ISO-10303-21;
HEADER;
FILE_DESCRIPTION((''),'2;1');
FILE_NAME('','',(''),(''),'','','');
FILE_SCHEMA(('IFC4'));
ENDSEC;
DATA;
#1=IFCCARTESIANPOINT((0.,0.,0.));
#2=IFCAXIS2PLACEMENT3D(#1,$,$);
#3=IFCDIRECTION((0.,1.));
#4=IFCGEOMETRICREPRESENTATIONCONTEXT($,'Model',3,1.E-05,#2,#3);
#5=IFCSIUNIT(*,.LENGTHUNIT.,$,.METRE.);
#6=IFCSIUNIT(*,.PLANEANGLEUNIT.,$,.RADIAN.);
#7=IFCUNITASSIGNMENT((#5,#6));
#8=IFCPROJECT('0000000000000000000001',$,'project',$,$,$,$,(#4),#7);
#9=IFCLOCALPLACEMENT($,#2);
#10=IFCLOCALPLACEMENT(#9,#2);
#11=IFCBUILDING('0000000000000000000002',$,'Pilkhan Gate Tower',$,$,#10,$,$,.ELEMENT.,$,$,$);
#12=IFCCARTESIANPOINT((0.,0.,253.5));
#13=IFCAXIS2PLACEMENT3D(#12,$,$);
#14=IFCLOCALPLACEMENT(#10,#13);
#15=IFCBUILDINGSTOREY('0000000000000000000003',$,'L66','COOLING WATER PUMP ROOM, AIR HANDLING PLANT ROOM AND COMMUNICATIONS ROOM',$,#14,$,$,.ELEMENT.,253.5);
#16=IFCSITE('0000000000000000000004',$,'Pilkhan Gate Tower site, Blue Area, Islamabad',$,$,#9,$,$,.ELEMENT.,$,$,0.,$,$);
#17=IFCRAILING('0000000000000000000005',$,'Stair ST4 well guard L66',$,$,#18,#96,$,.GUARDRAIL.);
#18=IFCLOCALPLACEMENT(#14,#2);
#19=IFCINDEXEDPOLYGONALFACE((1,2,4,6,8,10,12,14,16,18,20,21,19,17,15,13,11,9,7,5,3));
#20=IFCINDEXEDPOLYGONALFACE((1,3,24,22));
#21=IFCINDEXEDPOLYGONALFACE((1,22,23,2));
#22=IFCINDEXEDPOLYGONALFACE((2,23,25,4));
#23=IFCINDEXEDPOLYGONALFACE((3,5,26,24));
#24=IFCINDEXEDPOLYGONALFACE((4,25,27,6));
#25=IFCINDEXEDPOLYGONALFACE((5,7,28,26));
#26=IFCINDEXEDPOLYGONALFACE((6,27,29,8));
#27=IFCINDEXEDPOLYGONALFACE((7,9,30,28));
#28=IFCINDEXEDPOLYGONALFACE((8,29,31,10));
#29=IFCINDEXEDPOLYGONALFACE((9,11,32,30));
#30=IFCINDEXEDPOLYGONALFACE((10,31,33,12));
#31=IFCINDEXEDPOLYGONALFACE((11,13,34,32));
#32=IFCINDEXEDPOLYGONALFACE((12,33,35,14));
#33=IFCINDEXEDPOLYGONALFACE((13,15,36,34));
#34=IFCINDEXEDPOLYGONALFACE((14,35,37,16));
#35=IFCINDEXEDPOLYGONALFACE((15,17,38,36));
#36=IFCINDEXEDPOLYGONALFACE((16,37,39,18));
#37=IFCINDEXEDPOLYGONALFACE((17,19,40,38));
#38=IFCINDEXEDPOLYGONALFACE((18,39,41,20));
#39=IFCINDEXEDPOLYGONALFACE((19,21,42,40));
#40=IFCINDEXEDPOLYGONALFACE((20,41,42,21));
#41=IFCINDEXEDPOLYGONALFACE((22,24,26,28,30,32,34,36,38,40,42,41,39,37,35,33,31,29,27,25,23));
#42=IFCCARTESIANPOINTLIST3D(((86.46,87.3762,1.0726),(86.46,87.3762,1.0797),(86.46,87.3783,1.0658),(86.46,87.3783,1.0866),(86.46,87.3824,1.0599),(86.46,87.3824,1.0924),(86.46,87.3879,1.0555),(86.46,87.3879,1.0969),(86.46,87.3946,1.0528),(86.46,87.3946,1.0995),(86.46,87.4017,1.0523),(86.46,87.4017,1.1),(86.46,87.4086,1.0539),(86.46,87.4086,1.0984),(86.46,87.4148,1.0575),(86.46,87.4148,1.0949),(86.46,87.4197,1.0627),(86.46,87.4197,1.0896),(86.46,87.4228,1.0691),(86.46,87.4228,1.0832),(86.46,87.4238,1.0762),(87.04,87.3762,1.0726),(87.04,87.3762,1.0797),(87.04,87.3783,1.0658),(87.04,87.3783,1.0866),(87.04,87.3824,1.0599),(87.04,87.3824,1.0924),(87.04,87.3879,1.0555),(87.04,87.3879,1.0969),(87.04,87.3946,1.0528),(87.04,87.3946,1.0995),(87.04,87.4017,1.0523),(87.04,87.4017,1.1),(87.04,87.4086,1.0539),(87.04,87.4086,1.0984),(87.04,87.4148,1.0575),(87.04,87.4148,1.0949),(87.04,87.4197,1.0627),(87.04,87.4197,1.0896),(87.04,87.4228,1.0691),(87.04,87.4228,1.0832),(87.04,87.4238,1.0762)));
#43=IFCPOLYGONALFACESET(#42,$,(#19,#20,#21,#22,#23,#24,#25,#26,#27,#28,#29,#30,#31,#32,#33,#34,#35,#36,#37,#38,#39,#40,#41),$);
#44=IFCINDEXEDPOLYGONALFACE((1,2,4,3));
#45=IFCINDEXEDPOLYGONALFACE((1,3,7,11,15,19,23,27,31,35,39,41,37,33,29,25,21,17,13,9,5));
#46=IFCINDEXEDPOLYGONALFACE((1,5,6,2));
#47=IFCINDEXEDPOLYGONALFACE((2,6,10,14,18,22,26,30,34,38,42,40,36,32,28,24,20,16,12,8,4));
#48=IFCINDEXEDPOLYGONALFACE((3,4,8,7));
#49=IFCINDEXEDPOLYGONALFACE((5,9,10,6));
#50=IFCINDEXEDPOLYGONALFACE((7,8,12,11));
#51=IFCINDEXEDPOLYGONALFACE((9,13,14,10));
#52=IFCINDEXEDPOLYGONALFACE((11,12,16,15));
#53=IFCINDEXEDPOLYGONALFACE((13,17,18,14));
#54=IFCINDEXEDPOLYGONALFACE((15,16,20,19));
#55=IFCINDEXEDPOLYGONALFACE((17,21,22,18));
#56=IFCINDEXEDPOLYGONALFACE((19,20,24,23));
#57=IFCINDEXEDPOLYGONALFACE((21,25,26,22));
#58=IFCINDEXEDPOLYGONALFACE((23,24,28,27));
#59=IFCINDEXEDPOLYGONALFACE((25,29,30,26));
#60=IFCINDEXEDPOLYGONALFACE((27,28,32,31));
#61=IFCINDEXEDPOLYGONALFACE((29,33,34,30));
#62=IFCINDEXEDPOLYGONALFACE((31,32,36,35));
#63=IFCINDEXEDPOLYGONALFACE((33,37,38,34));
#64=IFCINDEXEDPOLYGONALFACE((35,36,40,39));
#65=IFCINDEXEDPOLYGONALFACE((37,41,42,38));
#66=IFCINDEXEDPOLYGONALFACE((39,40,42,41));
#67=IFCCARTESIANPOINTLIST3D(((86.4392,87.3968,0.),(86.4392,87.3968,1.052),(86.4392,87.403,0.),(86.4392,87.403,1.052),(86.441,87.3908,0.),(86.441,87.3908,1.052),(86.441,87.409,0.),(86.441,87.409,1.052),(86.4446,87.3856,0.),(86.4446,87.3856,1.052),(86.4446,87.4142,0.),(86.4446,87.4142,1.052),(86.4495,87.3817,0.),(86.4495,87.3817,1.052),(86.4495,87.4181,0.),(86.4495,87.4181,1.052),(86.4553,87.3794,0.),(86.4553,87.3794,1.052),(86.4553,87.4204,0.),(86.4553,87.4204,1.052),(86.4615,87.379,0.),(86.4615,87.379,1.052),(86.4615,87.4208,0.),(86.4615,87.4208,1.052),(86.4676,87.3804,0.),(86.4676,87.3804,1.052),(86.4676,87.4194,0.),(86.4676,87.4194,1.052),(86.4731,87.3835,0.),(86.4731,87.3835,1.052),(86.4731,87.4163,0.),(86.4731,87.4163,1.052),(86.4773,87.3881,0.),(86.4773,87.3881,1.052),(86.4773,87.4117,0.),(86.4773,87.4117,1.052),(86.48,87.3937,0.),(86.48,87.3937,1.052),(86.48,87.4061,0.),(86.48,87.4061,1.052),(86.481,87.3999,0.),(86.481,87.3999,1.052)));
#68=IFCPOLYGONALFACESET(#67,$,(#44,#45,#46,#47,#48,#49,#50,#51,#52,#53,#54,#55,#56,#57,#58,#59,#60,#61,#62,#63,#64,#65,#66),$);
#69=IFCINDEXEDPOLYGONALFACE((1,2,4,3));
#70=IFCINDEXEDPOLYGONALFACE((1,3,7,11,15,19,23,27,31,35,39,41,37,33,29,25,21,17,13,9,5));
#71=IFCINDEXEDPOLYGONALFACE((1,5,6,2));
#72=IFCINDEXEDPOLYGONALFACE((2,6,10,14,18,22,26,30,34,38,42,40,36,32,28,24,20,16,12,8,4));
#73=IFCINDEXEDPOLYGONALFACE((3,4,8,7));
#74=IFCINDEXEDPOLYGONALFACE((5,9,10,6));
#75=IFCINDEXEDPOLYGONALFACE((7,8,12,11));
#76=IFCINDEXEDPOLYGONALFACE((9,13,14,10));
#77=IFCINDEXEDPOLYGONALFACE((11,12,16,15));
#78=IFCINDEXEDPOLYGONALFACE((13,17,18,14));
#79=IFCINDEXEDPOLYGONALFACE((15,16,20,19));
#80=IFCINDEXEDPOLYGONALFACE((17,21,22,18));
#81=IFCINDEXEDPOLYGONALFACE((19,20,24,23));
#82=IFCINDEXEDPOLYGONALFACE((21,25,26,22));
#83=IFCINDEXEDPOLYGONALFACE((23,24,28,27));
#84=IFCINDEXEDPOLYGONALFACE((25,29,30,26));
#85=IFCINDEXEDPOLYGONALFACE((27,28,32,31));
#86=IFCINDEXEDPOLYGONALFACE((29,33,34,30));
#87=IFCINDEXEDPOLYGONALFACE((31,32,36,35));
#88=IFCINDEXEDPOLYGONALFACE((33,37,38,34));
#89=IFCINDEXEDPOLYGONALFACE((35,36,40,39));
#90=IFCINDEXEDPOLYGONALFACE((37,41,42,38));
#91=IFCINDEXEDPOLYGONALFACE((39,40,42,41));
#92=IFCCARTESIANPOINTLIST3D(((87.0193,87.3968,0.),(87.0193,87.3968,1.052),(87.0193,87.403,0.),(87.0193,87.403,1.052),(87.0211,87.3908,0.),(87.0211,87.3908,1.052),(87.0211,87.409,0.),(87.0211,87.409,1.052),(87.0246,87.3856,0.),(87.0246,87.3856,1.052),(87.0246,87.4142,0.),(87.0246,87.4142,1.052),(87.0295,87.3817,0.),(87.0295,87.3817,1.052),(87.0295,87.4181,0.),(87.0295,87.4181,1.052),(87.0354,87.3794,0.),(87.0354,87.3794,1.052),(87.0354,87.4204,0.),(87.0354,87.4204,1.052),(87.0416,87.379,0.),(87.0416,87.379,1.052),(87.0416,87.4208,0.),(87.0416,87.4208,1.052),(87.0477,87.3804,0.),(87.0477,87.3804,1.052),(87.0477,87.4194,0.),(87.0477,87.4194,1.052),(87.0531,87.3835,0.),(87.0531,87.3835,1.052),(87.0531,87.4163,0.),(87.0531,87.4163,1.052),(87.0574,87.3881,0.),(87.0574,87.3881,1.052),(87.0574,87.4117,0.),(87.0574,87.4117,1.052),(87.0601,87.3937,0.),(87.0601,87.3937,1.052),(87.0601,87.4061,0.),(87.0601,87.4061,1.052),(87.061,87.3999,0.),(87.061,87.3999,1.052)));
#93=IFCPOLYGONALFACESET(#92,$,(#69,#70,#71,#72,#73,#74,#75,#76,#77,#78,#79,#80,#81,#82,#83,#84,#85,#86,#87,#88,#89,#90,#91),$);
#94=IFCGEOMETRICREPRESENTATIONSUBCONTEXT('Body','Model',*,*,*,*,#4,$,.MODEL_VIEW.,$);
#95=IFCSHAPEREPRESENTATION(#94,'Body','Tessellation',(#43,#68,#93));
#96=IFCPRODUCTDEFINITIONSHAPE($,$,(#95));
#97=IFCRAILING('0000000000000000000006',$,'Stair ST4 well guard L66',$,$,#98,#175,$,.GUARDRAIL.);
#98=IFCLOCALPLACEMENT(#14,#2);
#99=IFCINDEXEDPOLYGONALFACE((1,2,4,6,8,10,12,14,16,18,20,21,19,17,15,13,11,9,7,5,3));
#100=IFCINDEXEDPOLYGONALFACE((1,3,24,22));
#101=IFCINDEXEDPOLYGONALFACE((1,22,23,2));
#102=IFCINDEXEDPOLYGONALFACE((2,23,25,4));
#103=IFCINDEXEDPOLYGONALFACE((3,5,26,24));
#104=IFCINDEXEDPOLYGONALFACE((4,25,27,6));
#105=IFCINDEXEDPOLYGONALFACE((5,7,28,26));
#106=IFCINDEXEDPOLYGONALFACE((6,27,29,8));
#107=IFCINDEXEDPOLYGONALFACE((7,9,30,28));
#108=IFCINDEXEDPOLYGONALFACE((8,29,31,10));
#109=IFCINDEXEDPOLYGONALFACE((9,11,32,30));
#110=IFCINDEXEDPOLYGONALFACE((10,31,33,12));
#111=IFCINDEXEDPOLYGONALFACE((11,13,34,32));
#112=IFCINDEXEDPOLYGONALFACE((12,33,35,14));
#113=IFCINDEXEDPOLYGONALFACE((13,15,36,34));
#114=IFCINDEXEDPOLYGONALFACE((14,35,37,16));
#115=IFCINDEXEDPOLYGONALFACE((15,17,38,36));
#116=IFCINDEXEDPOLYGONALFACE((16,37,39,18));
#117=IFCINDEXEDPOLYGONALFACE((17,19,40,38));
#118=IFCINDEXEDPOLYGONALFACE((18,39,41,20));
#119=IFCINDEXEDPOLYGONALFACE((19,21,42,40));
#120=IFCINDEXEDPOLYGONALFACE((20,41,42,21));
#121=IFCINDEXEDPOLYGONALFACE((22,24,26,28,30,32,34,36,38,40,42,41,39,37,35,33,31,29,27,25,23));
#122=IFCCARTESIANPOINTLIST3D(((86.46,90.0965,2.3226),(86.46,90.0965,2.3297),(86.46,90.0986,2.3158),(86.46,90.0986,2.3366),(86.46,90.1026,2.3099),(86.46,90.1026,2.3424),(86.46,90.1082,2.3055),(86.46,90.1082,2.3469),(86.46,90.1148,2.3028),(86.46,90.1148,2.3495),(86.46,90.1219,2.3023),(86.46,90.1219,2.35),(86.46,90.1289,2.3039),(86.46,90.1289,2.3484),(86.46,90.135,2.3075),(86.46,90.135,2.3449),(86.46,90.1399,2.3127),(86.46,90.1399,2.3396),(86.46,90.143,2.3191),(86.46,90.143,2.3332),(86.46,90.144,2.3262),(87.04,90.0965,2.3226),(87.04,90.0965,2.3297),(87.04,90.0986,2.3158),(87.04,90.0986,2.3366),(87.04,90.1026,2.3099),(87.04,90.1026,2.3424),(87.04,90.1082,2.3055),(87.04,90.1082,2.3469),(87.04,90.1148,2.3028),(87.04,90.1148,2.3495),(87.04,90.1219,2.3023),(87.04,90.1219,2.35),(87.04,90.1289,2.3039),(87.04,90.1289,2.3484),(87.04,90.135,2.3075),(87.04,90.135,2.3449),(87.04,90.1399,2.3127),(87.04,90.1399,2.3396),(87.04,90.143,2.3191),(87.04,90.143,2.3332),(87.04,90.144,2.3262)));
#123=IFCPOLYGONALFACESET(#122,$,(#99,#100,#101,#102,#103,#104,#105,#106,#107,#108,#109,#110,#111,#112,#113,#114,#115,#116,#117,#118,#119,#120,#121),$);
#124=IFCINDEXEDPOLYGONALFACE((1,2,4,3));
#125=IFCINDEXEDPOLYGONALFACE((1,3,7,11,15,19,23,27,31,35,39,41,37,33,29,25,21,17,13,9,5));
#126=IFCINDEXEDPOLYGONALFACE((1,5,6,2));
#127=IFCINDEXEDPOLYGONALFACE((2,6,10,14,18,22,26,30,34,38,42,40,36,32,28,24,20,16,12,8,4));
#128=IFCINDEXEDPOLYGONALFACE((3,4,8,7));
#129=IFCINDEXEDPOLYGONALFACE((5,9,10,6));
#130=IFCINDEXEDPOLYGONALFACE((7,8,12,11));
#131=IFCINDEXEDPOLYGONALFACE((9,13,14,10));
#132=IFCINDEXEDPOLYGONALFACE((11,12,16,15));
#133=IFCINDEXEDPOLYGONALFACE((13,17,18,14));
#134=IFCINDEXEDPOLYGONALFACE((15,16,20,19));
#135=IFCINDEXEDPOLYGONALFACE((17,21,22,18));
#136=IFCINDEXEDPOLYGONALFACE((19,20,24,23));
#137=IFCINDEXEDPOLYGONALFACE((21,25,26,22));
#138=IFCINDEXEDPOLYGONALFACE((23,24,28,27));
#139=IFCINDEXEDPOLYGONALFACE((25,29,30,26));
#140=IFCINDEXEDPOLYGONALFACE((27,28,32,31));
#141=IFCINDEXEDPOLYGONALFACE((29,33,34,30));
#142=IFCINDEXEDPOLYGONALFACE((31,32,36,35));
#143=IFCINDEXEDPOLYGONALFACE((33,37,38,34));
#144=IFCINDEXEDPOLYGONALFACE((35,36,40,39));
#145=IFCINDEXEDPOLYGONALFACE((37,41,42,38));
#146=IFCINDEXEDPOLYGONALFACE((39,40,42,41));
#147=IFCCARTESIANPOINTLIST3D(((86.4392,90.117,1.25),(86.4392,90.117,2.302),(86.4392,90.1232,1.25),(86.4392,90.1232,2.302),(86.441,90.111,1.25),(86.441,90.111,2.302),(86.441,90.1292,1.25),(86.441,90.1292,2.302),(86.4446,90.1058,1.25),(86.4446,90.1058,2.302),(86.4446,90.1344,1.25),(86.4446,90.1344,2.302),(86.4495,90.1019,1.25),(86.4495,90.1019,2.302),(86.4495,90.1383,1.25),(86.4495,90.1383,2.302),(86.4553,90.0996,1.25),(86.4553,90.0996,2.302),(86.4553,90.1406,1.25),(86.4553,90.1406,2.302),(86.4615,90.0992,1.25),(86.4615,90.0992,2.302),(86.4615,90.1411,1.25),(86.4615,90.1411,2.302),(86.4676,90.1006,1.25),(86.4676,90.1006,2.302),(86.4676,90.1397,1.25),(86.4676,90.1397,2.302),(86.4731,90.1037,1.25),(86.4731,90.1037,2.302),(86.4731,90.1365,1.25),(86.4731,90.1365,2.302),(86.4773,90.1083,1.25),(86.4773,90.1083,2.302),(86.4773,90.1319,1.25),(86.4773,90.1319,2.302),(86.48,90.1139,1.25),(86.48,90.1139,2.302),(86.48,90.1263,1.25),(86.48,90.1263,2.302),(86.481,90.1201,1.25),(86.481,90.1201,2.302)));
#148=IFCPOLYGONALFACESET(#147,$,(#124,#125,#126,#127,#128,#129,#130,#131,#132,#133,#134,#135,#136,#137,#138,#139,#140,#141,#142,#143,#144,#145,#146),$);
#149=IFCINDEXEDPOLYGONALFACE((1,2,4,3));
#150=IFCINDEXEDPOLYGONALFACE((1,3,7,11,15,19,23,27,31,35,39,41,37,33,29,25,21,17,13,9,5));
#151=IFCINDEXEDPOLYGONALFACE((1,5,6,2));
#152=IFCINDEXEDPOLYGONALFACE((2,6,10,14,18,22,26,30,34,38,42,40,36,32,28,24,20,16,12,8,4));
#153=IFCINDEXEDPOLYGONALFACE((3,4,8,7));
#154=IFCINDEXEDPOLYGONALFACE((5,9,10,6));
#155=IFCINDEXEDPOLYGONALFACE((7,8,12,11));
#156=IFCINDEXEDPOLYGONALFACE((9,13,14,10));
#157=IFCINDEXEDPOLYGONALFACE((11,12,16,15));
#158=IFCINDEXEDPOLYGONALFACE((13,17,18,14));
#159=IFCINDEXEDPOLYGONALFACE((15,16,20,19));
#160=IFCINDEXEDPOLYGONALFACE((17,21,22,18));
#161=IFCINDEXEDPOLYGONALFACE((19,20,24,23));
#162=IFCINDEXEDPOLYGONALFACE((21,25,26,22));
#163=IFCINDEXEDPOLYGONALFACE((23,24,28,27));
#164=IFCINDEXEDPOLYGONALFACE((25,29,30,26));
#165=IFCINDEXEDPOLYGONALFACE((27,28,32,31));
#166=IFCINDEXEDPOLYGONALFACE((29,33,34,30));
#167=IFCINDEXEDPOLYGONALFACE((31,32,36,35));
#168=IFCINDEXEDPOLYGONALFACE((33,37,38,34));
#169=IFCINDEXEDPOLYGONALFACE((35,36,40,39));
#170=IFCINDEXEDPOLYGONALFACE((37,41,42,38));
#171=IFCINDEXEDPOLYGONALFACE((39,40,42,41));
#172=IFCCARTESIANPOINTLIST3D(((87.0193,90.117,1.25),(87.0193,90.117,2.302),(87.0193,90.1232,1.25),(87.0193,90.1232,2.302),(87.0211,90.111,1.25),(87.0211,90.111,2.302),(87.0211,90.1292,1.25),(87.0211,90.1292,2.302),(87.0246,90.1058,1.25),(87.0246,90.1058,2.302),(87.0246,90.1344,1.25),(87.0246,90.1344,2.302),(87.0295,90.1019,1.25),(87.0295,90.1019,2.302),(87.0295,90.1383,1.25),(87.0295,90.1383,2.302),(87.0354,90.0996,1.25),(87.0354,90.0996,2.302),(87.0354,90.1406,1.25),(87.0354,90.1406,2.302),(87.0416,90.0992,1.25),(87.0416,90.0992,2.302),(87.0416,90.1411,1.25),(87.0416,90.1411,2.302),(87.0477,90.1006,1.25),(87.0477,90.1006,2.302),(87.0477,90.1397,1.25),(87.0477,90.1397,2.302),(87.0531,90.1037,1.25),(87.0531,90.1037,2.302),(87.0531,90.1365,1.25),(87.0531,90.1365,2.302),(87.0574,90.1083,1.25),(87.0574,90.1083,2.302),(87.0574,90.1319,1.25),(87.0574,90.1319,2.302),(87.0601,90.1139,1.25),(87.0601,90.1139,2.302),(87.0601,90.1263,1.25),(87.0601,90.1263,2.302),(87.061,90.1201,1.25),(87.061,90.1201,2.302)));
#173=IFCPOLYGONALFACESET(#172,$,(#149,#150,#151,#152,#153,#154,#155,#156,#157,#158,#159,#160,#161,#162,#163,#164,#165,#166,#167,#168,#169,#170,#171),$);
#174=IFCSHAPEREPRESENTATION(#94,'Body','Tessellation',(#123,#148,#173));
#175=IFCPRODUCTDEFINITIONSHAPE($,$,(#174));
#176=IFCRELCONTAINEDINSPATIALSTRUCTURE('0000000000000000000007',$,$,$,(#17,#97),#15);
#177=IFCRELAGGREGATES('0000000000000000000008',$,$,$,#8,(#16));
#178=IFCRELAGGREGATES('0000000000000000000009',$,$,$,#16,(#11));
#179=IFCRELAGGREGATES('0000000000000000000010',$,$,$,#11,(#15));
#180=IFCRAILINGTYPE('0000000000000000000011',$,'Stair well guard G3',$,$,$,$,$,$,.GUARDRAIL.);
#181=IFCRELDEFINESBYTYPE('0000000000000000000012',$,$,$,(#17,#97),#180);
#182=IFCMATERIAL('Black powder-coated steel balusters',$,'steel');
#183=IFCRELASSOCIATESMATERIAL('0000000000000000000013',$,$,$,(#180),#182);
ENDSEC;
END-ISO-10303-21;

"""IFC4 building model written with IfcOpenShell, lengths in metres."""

from ifc_helpers import new_model, si_unit, direction, frame, origin, origin_2d, place, context, subcontext, project, spatial, circle, extrude, material, type_object, element, save


model = new_model("IFC4")

# Units and contexts
model_context = context("Model", 3, precision=1e-05, world=origin(), true_north=direction((0.0, 1.0)))
body_context = subcontext(model_context, "Body", "Model", "MODEL_VIEW")
ifc_project = project(units=[si_unit("LENGTHUNIT", "METRE"), si_unit("PLANEANGLEUNIT", "RADIAN")], contexts=[model_context])

# Site, building, storey
site_placement = place(None, origin())
site = spatial("IfcSite", under=ifc_project, at=site_placement, Name="Pilkhan Gate Tower site, Blue Area, Islamabad", CompositionType="ELEMENT", RefElevation=0.0)
building_placement = place(site_placement, origin())
building = spatial("IfcBuilding", under=site, at=building_placement, Name="Pilkhan Gate Tower", CompositionType="ELEMENT")
storey_placement = place(building_placement, frame((0.0, 0.0, 253.5)))
storey = spatial("IfcBuildingStorey", under=building, at=storey_placement, Name="L66", Description="COOLING WATER PUMP ROOM, AIR HANDLING PLANT ROOM AND COMMUNICATIONS ROOM", CompositionType="ELEMENT", Elevation=253.5)

# Railings
ifc_material_1 = material(Name="Black powder-coated steel balusters", Category="steel")
railing_type_1 = type_object("IfcRailingType", Name="Stair well guard G3", PredefinedType="GUARDRAIL", material=ifc_material_1)
for number, where, name in (
    (1, (86.46, 87.3999, 0.0), "Stair ST4 well guard L66"),
    (2, (86.46, 90.1201, 1.25), "Stair ST4 well guard L66"),
):
    element("IfcRailing", number, at=place(storey_placement, frame(where)), inside=storey, type_object=railing_type_1, Name=name, PredefinedType="GUARDRAIL", context=body_context, shape_type="SweptSolid", body=[
        extrude(circle(Radius=0.0239, at=origin_2d()), frame((0.0, 0.0, 1.0762), z_axis=(1.0, 0.0, 0.0), x_axis=(0.0, 1.0, 0.0)), (0.0, 0.0, 1.0), 0.5801),
        extrude(circle(Radius=0.021, at=origin_2d()), origin(), (0.0, 0.0, 1.0), 1.052),
        extrude(circle(Radius=0.021, at=origin_2d()), frame((0.5801, 0.0, 0.0)), (0.0, 0.0, 1.0), 1.052),
    ])

save(model, "model.ifc")
